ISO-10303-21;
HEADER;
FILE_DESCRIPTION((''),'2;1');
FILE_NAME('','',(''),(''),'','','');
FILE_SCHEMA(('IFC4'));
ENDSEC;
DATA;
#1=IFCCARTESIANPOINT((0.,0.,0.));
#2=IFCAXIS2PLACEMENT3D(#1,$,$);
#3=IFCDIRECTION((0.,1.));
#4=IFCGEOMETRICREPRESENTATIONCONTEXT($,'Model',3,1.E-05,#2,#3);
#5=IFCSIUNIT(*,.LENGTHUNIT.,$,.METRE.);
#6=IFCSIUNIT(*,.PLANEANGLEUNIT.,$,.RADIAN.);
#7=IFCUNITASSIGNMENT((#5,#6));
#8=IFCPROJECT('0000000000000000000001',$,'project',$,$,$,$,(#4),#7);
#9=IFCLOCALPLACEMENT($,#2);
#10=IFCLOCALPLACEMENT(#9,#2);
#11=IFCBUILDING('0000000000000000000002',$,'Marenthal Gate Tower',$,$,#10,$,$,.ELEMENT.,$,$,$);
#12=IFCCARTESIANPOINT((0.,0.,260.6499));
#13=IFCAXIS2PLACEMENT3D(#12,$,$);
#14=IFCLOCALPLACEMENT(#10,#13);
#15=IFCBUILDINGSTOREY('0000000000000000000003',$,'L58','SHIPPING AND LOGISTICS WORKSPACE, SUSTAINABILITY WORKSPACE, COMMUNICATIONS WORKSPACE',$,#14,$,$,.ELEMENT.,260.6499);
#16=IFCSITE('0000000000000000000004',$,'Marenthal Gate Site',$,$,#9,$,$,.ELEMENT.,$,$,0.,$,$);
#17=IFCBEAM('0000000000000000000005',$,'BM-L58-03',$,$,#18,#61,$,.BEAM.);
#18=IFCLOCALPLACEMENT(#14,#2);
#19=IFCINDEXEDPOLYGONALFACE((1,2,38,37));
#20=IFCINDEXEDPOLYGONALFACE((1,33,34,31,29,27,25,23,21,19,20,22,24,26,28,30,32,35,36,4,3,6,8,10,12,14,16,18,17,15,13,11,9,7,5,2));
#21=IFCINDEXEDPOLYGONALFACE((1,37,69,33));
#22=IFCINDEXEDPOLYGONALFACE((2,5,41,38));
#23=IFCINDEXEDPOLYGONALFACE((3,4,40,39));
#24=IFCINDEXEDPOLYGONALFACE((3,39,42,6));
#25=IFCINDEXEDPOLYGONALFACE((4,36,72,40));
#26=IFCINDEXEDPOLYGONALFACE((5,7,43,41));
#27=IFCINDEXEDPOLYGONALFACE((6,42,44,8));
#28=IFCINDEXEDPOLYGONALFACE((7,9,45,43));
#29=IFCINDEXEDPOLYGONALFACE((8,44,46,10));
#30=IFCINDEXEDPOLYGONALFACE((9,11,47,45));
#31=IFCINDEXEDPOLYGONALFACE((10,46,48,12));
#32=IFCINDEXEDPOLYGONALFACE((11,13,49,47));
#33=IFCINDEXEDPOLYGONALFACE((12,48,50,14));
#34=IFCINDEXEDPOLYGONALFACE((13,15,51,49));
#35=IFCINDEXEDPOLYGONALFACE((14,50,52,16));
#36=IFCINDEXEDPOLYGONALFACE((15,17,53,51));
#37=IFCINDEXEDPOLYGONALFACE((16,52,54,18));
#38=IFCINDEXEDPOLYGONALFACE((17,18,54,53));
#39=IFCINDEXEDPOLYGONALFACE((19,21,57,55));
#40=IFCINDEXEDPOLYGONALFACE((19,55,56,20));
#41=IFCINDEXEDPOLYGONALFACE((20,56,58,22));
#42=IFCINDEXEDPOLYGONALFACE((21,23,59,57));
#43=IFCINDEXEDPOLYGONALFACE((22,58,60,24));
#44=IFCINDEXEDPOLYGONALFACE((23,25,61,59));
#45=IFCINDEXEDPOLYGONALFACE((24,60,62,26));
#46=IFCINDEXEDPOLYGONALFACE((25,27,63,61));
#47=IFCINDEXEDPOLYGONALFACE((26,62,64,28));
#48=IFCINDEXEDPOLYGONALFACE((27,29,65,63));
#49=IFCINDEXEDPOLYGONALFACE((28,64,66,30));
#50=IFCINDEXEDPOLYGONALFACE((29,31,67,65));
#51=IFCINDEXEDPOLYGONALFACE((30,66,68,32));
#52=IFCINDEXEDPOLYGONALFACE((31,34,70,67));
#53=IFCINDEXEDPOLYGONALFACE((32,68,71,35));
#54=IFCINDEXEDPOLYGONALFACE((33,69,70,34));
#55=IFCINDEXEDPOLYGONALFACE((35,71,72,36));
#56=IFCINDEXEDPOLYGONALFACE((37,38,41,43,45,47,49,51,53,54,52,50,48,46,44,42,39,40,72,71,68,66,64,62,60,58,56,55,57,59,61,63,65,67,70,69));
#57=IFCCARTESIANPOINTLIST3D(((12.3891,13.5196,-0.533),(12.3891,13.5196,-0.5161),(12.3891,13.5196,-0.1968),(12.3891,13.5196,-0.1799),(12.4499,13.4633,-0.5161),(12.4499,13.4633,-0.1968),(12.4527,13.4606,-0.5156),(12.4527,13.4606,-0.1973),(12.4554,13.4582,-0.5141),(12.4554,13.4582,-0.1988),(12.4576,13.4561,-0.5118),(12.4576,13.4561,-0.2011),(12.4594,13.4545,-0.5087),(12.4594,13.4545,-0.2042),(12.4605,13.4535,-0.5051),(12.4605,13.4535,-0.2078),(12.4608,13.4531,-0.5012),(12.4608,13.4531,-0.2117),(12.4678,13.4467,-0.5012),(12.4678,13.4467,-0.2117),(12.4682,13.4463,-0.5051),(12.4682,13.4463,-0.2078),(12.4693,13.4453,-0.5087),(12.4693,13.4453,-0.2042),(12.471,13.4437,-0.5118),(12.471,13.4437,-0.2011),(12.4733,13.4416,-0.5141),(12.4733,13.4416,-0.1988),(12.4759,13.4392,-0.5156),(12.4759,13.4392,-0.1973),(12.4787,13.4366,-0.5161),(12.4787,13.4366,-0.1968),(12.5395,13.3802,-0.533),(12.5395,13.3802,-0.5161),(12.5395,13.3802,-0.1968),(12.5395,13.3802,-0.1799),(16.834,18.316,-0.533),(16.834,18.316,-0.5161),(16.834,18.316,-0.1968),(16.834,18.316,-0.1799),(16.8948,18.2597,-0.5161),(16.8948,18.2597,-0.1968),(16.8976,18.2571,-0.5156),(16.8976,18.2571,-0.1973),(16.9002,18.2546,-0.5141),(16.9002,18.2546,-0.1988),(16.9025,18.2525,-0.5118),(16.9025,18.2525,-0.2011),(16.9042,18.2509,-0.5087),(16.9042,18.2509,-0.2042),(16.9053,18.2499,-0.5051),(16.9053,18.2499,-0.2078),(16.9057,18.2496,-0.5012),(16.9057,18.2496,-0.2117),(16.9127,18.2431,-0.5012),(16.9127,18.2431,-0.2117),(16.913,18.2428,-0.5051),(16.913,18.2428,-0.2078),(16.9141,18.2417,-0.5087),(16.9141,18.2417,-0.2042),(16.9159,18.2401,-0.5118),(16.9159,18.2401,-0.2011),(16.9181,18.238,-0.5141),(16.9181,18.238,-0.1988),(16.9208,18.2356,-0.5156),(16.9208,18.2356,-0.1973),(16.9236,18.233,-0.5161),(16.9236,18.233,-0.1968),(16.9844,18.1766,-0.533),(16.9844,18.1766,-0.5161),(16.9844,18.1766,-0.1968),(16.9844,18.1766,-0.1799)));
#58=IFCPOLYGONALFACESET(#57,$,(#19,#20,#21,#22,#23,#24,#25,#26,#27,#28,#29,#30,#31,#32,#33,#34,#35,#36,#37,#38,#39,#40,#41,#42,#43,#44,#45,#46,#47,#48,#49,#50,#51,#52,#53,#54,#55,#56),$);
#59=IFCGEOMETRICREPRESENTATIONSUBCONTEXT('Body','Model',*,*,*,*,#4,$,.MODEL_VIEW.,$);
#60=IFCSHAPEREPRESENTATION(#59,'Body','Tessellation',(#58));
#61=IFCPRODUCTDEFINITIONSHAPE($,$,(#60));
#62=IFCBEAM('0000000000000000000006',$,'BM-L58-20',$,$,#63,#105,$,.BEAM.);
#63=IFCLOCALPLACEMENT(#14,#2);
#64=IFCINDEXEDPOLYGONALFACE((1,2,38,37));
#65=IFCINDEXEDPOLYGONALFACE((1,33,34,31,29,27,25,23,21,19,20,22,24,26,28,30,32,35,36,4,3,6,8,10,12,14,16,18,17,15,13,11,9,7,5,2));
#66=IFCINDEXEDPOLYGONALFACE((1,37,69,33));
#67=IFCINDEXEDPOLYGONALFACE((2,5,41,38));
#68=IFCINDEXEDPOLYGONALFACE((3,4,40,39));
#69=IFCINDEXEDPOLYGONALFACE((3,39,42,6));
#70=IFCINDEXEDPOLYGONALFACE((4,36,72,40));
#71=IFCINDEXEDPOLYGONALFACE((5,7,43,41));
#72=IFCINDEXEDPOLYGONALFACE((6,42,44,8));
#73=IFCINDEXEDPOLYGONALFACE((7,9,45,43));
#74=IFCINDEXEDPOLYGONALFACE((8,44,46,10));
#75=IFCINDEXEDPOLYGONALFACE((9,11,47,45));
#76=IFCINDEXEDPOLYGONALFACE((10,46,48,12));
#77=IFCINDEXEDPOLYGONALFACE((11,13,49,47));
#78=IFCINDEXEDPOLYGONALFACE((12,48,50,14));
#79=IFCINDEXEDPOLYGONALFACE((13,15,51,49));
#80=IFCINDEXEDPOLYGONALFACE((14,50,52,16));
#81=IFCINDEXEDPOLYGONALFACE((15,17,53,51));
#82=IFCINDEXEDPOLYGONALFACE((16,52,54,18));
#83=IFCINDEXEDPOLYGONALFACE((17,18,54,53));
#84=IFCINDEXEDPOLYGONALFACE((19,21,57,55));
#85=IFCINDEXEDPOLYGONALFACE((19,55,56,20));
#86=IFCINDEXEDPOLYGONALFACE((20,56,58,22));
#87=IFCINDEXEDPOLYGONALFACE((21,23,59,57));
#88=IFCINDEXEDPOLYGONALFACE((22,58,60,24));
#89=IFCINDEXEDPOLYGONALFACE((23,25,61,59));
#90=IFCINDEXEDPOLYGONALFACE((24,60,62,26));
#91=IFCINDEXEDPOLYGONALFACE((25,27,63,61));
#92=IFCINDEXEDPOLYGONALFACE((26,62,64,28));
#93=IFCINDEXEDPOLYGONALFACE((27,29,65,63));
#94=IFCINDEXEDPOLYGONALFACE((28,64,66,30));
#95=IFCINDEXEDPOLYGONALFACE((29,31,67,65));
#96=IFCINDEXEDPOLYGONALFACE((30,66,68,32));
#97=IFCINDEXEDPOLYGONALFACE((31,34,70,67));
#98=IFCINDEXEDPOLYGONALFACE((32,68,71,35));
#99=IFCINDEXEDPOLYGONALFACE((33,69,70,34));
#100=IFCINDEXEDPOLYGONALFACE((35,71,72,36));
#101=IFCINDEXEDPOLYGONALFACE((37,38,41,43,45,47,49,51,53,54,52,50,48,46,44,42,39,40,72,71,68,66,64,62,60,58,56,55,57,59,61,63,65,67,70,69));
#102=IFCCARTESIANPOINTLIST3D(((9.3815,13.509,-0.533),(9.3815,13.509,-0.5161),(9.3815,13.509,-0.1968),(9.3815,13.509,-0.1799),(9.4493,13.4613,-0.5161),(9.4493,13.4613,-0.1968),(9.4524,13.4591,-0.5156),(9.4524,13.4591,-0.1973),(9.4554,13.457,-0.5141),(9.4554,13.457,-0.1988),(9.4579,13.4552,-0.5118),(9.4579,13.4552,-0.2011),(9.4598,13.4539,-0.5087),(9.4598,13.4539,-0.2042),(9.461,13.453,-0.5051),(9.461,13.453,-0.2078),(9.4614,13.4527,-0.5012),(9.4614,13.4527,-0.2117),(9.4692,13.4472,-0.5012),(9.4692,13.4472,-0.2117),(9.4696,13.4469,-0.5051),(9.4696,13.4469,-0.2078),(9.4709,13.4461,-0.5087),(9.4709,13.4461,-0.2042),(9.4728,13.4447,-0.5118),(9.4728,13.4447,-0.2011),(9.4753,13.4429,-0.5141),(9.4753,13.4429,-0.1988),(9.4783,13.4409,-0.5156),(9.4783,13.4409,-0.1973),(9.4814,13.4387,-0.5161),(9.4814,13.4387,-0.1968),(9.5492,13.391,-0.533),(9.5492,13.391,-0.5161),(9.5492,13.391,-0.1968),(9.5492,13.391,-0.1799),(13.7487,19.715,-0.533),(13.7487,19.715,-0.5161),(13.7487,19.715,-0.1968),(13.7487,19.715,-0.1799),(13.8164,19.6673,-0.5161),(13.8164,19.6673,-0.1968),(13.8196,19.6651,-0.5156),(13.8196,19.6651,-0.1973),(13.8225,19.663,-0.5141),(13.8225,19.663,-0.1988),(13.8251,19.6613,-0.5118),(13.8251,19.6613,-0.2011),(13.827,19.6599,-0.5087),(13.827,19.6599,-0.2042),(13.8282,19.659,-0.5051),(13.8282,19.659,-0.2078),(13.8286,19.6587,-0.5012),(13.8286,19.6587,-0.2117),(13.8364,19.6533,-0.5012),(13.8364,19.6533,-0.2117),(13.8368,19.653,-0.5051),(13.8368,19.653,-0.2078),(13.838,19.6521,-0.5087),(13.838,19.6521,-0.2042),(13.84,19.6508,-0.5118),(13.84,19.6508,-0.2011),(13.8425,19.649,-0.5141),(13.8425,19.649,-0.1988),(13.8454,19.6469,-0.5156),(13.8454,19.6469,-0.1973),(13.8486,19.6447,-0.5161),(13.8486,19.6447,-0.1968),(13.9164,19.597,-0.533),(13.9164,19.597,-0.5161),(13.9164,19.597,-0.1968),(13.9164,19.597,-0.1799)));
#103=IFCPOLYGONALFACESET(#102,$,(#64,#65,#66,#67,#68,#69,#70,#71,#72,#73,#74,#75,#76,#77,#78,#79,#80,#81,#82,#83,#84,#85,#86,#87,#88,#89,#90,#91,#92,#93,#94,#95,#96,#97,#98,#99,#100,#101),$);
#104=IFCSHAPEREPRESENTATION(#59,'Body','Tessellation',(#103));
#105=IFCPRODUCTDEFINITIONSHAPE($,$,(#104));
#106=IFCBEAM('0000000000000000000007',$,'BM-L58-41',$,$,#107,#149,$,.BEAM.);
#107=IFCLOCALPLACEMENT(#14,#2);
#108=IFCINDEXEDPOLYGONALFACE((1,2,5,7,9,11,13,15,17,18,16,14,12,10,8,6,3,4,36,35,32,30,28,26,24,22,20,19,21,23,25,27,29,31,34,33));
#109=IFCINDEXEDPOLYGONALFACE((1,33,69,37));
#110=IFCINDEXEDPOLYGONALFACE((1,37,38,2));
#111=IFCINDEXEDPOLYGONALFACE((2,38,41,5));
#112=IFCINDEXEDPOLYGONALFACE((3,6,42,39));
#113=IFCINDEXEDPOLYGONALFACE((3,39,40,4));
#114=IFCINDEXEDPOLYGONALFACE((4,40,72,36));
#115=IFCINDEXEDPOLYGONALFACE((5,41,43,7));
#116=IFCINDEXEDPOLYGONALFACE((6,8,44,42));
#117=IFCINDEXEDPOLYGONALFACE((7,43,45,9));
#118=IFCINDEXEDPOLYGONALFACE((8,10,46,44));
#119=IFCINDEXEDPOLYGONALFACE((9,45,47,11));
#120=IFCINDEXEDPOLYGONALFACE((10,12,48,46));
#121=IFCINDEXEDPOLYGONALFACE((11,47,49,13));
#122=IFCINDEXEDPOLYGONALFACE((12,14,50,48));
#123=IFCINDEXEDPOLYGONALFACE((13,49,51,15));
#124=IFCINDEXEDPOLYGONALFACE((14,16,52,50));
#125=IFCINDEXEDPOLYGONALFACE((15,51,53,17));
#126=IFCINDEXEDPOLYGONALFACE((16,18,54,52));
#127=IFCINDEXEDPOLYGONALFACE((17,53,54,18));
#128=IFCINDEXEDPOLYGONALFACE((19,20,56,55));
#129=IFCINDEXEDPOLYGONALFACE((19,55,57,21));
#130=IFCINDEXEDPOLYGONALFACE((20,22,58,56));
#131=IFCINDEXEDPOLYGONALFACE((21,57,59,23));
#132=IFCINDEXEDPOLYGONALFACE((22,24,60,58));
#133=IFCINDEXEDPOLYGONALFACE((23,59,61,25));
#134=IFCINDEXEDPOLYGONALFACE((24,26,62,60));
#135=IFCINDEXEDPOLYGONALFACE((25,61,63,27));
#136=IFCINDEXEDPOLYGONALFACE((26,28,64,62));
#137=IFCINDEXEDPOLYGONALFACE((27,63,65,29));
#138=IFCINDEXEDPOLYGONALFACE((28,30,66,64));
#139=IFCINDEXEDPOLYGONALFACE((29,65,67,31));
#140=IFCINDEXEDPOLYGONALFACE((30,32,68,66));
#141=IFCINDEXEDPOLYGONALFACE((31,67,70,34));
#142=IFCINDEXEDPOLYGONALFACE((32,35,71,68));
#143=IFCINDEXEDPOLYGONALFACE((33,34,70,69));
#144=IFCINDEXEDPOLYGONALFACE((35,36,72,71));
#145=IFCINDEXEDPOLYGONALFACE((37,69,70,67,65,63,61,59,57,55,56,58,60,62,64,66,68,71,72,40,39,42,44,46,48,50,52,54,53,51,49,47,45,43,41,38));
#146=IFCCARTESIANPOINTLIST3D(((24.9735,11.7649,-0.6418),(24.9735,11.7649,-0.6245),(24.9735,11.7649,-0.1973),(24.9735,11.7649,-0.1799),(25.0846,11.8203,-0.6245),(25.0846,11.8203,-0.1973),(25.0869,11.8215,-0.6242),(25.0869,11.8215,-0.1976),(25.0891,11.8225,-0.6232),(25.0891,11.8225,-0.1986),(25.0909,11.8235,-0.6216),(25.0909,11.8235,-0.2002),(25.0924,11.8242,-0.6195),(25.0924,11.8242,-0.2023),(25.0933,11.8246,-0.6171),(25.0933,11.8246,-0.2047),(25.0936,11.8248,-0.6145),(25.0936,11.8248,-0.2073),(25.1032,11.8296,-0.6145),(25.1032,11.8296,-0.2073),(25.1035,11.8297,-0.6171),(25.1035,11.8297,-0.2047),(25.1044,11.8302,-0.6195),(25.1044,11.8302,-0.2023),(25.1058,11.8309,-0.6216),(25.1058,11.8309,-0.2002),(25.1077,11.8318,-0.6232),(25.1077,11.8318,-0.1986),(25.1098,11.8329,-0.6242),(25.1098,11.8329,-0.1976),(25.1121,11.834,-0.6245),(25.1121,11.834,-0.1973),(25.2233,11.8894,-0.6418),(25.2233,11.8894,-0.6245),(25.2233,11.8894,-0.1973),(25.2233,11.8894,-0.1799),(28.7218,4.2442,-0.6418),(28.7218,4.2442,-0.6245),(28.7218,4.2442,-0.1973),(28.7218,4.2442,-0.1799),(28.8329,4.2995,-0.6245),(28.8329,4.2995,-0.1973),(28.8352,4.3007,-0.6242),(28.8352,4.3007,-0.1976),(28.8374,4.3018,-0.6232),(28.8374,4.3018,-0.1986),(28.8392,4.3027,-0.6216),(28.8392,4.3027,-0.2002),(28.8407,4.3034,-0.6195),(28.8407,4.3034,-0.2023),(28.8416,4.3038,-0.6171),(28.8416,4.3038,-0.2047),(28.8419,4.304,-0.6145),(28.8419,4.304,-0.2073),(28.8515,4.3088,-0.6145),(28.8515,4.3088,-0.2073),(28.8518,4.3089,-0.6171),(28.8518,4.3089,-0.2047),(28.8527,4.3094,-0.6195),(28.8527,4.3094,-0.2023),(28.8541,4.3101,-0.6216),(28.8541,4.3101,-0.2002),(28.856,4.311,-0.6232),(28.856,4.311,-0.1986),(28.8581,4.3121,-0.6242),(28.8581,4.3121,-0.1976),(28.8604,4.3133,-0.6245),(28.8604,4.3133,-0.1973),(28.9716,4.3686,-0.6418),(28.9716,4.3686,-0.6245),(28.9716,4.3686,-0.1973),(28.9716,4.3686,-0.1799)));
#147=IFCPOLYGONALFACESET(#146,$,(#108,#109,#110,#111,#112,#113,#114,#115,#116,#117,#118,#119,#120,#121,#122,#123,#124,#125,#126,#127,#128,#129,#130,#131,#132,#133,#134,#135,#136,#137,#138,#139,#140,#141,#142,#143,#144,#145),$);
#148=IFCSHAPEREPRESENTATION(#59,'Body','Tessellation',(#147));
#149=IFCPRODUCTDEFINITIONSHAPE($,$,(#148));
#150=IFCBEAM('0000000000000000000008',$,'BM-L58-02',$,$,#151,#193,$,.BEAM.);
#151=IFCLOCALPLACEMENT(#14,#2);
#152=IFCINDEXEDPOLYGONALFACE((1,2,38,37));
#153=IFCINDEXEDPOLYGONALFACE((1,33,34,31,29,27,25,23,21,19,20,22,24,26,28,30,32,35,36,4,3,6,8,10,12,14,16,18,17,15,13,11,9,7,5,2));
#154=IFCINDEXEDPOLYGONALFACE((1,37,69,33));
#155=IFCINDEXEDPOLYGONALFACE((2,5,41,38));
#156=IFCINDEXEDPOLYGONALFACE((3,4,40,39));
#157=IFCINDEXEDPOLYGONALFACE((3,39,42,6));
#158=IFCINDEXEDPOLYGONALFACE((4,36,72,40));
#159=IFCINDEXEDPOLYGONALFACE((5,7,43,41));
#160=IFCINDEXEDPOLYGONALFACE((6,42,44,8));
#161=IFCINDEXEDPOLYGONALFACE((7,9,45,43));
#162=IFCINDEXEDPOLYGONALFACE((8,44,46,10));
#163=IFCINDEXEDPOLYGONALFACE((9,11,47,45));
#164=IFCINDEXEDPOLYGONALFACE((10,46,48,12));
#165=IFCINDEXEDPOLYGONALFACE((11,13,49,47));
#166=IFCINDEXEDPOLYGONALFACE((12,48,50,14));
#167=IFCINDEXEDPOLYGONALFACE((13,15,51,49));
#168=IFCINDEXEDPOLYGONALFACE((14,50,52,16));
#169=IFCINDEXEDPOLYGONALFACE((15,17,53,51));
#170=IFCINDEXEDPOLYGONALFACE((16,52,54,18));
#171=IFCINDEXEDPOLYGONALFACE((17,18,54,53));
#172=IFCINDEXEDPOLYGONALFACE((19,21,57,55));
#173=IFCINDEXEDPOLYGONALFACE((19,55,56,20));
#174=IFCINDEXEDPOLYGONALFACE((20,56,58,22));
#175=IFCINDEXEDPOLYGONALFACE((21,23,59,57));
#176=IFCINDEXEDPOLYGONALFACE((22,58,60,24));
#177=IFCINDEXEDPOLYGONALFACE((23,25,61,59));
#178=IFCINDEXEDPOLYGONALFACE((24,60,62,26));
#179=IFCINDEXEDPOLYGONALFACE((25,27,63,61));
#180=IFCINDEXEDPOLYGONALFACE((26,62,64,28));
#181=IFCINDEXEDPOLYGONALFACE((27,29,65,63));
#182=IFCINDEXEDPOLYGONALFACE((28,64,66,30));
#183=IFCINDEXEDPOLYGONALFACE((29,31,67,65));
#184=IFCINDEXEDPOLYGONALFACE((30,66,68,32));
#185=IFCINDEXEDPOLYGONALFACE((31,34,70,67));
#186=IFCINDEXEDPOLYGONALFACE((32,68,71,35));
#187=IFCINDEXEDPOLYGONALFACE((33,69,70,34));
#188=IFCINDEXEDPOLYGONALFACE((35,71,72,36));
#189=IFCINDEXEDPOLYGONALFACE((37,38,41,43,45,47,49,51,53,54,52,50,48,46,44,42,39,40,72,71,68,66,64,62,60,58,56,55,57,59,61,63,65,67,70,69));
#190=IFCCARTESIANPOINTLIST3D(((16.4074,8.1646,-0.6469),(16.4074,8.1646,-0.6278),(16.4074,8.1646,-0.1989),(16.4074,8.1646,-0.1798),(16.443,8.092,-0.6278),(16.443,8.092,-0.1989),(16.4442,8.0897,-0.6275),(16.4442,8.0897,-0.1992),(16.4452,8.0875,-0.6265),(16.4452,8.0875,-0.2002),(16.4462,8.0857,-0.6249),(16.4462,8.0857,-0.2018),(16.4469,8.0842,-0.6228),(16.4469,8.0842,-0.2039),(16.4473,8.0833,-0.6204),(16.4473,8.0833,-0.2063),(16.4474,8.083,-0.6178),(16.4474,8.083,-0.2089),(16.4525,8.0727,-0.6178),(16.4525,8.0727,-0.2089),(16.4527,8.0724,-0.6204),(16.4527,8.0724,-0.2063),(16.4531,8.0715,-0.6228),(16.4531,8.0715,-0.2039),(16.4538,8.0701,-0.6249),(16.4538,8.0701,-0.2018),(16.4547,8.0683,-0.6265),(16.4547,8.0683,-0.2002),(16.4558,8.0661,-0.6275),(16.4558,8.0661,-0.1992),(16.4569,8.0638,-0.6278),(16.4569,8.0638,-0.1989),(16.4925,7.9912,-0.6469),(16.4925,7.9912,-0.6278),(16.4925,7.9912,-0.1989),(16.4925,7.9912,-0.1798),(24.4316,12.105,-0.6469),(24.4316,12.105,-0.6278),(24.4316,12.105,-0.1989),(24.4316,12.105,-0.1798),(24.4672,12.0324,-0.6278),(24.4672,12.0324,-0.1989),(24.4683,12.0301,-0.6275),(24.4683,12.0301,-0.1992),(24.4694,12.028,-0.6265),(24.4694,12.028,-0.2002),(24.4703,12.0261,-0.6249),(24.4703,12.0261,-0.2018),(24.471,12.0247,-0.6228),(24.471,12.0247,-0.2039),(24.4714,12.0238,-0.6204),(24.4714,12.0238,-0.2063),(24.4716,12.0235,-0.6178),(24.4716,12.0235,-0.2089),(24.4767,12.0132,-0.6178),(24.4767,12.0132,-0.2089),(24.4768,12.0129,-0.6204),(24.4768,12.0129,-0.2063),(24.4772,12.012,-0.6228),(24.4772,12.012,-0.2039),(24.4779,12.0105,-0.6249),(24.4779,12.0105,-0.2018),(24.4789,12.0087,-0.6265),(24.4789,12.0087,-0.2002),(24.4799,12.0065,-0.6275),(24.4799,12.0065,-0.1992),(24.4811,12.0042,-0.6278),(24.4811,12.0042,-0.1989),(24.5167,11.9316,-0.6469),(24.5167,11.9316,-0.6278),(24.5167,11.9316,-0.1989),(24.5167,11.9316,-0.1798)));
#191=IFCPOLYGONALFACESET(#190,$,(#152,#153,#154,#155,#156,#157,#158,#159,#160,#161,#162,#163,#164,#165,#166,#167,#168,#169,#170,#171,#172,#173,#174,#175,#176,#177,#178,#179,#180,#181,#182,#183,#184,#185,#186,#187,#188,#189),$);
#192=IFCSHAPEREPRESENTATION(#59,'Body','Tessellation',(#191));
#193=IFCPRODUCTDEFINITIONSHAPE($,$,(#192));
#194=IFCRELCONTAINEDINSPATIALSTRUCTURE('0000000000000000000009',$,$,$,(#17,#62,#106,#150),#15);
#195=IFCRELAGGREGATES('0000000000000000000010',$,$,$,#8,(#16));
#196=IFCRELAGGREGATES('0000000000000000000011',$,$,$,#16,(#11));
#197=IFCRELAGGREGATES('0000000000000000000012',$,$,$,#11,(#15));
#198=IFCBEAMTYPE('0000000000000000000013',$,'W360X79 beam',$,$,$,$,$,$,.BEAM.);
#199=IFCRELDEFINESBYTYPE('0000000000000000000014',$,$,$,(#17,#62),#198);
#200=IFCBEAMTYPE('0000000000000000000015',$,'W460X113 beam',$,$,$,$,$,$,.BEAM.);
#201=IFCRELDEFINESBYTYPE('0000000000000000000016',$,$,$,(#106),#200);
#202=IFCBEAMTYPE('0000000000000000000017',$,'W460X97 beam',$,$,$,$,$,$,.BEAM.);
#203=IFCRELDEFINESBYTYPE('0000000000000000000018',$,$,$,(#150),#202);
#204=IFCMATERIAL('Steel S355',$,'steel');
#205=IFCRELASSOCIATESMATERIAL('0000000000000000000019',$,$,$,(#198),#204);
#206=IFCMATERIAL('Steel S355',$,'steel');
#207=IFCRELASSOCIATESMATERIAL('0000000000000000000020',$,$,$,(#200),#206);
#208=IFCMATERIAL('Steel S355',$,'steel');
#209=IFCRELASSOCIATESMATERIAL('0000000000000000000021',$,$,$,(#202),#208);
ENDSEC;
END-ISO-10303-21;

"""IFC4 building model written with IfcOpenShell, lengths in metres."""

from ifc_helpers import new_model, si_unit, direction, frame, origin, origin_2d, place, context, subcontext, project, spatial, i_section, extrude, material, material_profile, profile_set, type_object, element, save


model = new_model("IFC4")

# Units and contexts
model_context = context("Model", 3, precision=1e-05, world=origin(), true_north=direction((0.0, 1.0)))
body_context = subcontext(model_context, "Body", "Model", "MODEL_VIEW")
ifc_project = project(units=[si_unit("LENGTHUNIT", "METRE"), si_unit("PLANEANGLEUNIT", "RADIAN")], contexts=[model_context])

# Site, building, storey
site_placement = place(None, origin())
site = spatial("IfcSite", under=ifc_project, at=site_placement, Name="Marenthal Gate Site", CompositionType="ELEMENT", RefElevation=0.0)
building_placement = place(site_placement, origin())
building = spatial("IfcBuilding", under=site, at=building_placement, Name="Marenthal Gate Tower", CompositionType="ELEMENT")
storey_placement = place(building_placement, frame((0.0, 0.0, 260.6499)))
storey = spatial("IfcBuildingStorey", under=building, at=storey_placement, Name="L58", Description="SHIPPING AND LOGISTICS WORKSPACE, SUSTAINABILITY WORKSPACE, COMMUNICATIONS WORKSPACE", CompositionType="ELEMENT", Elevation=260.6499)

# Beams
ifc_material_1 = material(Name="Steel S355", Category="steel")
ifc_material_profile_1 = material_profile(ifc_material_1, i_section(OverallWidth=0.2051, OverallDepth=0.353, WebThickness=0.0095, FlangeThickness=0.0168, FilletRadius=0.0149, at=origin_2d()), Name="W360X79")
ifc_profile_set_1 = profile_set([ifc_material_profile_1], Name="Steel S355")
beam_type_1 = type_object("IfcBeamType", Name="W360X79 beam", PredefinedType="BEAM", material=ifc_profile_set_1)
beam_1_placement = place(storey_placement, frame((16.9092, 18.2463, -0.3564), z_axis=(-0.679715, -0.733477, 0.0), x_axis=(0.733477, -0.679715, 0.0)))
element("IfcBeam", 1, at=beam_1_placement, inside=storey, type_object=beam_type_1, Name="BM-L58-03", PredefinedType="BEAM", context=body_context, shape_type="SweptSolid", body=[
    extrude(i_section(OverallWidth=0.2051, OverallDepth=0.353, WebThickness=0.0095, FlangeThickness=0.0168, FilletRadius=0.0149, at=origin_2d()), origin(), (0.0, 0.0, 1.0), 6.5393),
])
beam_2_placement = place(storey_placement, frame((13.8325, 19.656, -0.3564), z_axis=(-0.57549, -0.817809, 0.0), x_axis=(0.817809, -0.57549, 0.0)))
element("IfcBeam", 2, at=beam_2_placement, inside=storey, type_object=beam_type_1, Name="BM-L58-20", PredefinedType="BEAM", context=body_context, shape_type="SweptSolid", body=[
    extrude(i_section(OverallWidth=0.2051, OverallDepth=0.353, WebThickness=0.0095, FlangeThickness=0.0168, FilletRadius=0.0149, at=origin_2d()), origin(), (0.0, 0.0, 1.0), 7.5886),
])
ifc_material_2 = material(Name="Steel S355", Category="steel")
ifc_material_profile_2 = material_profile(ifc_material_2, i_section(OverallWidth=0.2791, OverallDepth=0.4619, WebThickness=0.0107, FlangeThickness=0.0173, FilletRadius=0.01, at=origin_2d()), Name="W460X113")
ifc_profile_set_2 = profile_set([ifc_material_profile_2], Name="Steel S355")
beam_type_2 = type_object("IfcBeamType", Name="W460X113 beam", PredefinedType="BEAM", material=ifc_profile_set_2)
beam_3_placement = place(storey_placement, frame((28.8467, 4.3064, -0.4109), z_axis=(-0.446063, 0.895002, 0.0), x_axis=(-0.895002, -0.446063, 0.0)))
element("IfcBeam", 3, at=beam_3_placement, inside=storey, type_object=beam_type_2, Name="BM-L58-41", PredefinedType="BEAM", context=body_context, shape_type="SweptSolid", body=[
    extrude(i_section(OverallWidth=0.2791, OverallDepth=0.4619, WebThickness=0.0107, FlangeThickness=0.0173, FilletRadius=0.01, at=origin_2d()), origin(), (0.0, 0.0, 1.0), 8.4031),
])
ifc_material_3 = material(Name="Steel S355", Category="steel")
ifc_material_profile_3 = material_profile(ifc_material_3, i_section(OverallWidth=0.1931, OverallDepth=0.467, WebThickness=0.0115, FlangeThickness=0.019, FilletRadius=0.01, at=origin_2d()), Name="W460X97")
ifc_profile_set_3 = profile_set([ifc_material_profile_3], Name="Steel S355")
beam_type_3 = type_object("IfcBeamType", Name="W460X97 beam", PredefinedType="BEAM", material=ifc_profile_set_3)
beam_4_placement = place(storey_placement, frame((24.4741, 12.0183, -0.4133), z_axis=(-0.89761, -0.44079, 0.0), x_axis=(0.44079, -0.89761, 0.0)))
element("IfcBeam", 4, at=beam_4_placement, inside=storey, type_object=beam_type_3, Name="BM-L58-02", PredefinedType="BEAM", context=body_context, shape_type="SweptSolid", body=[
    extrude(i_section(OverallWidth=0.1931, OverallDepth=0.467, WebThickness=0.0115, FlangeThickness=0.019, FilletRadius=0.01, at=origin_2d()), origin(), (0.0, 0.0, 1.0), 8.9395),
])

save(model, "model.ifc")
